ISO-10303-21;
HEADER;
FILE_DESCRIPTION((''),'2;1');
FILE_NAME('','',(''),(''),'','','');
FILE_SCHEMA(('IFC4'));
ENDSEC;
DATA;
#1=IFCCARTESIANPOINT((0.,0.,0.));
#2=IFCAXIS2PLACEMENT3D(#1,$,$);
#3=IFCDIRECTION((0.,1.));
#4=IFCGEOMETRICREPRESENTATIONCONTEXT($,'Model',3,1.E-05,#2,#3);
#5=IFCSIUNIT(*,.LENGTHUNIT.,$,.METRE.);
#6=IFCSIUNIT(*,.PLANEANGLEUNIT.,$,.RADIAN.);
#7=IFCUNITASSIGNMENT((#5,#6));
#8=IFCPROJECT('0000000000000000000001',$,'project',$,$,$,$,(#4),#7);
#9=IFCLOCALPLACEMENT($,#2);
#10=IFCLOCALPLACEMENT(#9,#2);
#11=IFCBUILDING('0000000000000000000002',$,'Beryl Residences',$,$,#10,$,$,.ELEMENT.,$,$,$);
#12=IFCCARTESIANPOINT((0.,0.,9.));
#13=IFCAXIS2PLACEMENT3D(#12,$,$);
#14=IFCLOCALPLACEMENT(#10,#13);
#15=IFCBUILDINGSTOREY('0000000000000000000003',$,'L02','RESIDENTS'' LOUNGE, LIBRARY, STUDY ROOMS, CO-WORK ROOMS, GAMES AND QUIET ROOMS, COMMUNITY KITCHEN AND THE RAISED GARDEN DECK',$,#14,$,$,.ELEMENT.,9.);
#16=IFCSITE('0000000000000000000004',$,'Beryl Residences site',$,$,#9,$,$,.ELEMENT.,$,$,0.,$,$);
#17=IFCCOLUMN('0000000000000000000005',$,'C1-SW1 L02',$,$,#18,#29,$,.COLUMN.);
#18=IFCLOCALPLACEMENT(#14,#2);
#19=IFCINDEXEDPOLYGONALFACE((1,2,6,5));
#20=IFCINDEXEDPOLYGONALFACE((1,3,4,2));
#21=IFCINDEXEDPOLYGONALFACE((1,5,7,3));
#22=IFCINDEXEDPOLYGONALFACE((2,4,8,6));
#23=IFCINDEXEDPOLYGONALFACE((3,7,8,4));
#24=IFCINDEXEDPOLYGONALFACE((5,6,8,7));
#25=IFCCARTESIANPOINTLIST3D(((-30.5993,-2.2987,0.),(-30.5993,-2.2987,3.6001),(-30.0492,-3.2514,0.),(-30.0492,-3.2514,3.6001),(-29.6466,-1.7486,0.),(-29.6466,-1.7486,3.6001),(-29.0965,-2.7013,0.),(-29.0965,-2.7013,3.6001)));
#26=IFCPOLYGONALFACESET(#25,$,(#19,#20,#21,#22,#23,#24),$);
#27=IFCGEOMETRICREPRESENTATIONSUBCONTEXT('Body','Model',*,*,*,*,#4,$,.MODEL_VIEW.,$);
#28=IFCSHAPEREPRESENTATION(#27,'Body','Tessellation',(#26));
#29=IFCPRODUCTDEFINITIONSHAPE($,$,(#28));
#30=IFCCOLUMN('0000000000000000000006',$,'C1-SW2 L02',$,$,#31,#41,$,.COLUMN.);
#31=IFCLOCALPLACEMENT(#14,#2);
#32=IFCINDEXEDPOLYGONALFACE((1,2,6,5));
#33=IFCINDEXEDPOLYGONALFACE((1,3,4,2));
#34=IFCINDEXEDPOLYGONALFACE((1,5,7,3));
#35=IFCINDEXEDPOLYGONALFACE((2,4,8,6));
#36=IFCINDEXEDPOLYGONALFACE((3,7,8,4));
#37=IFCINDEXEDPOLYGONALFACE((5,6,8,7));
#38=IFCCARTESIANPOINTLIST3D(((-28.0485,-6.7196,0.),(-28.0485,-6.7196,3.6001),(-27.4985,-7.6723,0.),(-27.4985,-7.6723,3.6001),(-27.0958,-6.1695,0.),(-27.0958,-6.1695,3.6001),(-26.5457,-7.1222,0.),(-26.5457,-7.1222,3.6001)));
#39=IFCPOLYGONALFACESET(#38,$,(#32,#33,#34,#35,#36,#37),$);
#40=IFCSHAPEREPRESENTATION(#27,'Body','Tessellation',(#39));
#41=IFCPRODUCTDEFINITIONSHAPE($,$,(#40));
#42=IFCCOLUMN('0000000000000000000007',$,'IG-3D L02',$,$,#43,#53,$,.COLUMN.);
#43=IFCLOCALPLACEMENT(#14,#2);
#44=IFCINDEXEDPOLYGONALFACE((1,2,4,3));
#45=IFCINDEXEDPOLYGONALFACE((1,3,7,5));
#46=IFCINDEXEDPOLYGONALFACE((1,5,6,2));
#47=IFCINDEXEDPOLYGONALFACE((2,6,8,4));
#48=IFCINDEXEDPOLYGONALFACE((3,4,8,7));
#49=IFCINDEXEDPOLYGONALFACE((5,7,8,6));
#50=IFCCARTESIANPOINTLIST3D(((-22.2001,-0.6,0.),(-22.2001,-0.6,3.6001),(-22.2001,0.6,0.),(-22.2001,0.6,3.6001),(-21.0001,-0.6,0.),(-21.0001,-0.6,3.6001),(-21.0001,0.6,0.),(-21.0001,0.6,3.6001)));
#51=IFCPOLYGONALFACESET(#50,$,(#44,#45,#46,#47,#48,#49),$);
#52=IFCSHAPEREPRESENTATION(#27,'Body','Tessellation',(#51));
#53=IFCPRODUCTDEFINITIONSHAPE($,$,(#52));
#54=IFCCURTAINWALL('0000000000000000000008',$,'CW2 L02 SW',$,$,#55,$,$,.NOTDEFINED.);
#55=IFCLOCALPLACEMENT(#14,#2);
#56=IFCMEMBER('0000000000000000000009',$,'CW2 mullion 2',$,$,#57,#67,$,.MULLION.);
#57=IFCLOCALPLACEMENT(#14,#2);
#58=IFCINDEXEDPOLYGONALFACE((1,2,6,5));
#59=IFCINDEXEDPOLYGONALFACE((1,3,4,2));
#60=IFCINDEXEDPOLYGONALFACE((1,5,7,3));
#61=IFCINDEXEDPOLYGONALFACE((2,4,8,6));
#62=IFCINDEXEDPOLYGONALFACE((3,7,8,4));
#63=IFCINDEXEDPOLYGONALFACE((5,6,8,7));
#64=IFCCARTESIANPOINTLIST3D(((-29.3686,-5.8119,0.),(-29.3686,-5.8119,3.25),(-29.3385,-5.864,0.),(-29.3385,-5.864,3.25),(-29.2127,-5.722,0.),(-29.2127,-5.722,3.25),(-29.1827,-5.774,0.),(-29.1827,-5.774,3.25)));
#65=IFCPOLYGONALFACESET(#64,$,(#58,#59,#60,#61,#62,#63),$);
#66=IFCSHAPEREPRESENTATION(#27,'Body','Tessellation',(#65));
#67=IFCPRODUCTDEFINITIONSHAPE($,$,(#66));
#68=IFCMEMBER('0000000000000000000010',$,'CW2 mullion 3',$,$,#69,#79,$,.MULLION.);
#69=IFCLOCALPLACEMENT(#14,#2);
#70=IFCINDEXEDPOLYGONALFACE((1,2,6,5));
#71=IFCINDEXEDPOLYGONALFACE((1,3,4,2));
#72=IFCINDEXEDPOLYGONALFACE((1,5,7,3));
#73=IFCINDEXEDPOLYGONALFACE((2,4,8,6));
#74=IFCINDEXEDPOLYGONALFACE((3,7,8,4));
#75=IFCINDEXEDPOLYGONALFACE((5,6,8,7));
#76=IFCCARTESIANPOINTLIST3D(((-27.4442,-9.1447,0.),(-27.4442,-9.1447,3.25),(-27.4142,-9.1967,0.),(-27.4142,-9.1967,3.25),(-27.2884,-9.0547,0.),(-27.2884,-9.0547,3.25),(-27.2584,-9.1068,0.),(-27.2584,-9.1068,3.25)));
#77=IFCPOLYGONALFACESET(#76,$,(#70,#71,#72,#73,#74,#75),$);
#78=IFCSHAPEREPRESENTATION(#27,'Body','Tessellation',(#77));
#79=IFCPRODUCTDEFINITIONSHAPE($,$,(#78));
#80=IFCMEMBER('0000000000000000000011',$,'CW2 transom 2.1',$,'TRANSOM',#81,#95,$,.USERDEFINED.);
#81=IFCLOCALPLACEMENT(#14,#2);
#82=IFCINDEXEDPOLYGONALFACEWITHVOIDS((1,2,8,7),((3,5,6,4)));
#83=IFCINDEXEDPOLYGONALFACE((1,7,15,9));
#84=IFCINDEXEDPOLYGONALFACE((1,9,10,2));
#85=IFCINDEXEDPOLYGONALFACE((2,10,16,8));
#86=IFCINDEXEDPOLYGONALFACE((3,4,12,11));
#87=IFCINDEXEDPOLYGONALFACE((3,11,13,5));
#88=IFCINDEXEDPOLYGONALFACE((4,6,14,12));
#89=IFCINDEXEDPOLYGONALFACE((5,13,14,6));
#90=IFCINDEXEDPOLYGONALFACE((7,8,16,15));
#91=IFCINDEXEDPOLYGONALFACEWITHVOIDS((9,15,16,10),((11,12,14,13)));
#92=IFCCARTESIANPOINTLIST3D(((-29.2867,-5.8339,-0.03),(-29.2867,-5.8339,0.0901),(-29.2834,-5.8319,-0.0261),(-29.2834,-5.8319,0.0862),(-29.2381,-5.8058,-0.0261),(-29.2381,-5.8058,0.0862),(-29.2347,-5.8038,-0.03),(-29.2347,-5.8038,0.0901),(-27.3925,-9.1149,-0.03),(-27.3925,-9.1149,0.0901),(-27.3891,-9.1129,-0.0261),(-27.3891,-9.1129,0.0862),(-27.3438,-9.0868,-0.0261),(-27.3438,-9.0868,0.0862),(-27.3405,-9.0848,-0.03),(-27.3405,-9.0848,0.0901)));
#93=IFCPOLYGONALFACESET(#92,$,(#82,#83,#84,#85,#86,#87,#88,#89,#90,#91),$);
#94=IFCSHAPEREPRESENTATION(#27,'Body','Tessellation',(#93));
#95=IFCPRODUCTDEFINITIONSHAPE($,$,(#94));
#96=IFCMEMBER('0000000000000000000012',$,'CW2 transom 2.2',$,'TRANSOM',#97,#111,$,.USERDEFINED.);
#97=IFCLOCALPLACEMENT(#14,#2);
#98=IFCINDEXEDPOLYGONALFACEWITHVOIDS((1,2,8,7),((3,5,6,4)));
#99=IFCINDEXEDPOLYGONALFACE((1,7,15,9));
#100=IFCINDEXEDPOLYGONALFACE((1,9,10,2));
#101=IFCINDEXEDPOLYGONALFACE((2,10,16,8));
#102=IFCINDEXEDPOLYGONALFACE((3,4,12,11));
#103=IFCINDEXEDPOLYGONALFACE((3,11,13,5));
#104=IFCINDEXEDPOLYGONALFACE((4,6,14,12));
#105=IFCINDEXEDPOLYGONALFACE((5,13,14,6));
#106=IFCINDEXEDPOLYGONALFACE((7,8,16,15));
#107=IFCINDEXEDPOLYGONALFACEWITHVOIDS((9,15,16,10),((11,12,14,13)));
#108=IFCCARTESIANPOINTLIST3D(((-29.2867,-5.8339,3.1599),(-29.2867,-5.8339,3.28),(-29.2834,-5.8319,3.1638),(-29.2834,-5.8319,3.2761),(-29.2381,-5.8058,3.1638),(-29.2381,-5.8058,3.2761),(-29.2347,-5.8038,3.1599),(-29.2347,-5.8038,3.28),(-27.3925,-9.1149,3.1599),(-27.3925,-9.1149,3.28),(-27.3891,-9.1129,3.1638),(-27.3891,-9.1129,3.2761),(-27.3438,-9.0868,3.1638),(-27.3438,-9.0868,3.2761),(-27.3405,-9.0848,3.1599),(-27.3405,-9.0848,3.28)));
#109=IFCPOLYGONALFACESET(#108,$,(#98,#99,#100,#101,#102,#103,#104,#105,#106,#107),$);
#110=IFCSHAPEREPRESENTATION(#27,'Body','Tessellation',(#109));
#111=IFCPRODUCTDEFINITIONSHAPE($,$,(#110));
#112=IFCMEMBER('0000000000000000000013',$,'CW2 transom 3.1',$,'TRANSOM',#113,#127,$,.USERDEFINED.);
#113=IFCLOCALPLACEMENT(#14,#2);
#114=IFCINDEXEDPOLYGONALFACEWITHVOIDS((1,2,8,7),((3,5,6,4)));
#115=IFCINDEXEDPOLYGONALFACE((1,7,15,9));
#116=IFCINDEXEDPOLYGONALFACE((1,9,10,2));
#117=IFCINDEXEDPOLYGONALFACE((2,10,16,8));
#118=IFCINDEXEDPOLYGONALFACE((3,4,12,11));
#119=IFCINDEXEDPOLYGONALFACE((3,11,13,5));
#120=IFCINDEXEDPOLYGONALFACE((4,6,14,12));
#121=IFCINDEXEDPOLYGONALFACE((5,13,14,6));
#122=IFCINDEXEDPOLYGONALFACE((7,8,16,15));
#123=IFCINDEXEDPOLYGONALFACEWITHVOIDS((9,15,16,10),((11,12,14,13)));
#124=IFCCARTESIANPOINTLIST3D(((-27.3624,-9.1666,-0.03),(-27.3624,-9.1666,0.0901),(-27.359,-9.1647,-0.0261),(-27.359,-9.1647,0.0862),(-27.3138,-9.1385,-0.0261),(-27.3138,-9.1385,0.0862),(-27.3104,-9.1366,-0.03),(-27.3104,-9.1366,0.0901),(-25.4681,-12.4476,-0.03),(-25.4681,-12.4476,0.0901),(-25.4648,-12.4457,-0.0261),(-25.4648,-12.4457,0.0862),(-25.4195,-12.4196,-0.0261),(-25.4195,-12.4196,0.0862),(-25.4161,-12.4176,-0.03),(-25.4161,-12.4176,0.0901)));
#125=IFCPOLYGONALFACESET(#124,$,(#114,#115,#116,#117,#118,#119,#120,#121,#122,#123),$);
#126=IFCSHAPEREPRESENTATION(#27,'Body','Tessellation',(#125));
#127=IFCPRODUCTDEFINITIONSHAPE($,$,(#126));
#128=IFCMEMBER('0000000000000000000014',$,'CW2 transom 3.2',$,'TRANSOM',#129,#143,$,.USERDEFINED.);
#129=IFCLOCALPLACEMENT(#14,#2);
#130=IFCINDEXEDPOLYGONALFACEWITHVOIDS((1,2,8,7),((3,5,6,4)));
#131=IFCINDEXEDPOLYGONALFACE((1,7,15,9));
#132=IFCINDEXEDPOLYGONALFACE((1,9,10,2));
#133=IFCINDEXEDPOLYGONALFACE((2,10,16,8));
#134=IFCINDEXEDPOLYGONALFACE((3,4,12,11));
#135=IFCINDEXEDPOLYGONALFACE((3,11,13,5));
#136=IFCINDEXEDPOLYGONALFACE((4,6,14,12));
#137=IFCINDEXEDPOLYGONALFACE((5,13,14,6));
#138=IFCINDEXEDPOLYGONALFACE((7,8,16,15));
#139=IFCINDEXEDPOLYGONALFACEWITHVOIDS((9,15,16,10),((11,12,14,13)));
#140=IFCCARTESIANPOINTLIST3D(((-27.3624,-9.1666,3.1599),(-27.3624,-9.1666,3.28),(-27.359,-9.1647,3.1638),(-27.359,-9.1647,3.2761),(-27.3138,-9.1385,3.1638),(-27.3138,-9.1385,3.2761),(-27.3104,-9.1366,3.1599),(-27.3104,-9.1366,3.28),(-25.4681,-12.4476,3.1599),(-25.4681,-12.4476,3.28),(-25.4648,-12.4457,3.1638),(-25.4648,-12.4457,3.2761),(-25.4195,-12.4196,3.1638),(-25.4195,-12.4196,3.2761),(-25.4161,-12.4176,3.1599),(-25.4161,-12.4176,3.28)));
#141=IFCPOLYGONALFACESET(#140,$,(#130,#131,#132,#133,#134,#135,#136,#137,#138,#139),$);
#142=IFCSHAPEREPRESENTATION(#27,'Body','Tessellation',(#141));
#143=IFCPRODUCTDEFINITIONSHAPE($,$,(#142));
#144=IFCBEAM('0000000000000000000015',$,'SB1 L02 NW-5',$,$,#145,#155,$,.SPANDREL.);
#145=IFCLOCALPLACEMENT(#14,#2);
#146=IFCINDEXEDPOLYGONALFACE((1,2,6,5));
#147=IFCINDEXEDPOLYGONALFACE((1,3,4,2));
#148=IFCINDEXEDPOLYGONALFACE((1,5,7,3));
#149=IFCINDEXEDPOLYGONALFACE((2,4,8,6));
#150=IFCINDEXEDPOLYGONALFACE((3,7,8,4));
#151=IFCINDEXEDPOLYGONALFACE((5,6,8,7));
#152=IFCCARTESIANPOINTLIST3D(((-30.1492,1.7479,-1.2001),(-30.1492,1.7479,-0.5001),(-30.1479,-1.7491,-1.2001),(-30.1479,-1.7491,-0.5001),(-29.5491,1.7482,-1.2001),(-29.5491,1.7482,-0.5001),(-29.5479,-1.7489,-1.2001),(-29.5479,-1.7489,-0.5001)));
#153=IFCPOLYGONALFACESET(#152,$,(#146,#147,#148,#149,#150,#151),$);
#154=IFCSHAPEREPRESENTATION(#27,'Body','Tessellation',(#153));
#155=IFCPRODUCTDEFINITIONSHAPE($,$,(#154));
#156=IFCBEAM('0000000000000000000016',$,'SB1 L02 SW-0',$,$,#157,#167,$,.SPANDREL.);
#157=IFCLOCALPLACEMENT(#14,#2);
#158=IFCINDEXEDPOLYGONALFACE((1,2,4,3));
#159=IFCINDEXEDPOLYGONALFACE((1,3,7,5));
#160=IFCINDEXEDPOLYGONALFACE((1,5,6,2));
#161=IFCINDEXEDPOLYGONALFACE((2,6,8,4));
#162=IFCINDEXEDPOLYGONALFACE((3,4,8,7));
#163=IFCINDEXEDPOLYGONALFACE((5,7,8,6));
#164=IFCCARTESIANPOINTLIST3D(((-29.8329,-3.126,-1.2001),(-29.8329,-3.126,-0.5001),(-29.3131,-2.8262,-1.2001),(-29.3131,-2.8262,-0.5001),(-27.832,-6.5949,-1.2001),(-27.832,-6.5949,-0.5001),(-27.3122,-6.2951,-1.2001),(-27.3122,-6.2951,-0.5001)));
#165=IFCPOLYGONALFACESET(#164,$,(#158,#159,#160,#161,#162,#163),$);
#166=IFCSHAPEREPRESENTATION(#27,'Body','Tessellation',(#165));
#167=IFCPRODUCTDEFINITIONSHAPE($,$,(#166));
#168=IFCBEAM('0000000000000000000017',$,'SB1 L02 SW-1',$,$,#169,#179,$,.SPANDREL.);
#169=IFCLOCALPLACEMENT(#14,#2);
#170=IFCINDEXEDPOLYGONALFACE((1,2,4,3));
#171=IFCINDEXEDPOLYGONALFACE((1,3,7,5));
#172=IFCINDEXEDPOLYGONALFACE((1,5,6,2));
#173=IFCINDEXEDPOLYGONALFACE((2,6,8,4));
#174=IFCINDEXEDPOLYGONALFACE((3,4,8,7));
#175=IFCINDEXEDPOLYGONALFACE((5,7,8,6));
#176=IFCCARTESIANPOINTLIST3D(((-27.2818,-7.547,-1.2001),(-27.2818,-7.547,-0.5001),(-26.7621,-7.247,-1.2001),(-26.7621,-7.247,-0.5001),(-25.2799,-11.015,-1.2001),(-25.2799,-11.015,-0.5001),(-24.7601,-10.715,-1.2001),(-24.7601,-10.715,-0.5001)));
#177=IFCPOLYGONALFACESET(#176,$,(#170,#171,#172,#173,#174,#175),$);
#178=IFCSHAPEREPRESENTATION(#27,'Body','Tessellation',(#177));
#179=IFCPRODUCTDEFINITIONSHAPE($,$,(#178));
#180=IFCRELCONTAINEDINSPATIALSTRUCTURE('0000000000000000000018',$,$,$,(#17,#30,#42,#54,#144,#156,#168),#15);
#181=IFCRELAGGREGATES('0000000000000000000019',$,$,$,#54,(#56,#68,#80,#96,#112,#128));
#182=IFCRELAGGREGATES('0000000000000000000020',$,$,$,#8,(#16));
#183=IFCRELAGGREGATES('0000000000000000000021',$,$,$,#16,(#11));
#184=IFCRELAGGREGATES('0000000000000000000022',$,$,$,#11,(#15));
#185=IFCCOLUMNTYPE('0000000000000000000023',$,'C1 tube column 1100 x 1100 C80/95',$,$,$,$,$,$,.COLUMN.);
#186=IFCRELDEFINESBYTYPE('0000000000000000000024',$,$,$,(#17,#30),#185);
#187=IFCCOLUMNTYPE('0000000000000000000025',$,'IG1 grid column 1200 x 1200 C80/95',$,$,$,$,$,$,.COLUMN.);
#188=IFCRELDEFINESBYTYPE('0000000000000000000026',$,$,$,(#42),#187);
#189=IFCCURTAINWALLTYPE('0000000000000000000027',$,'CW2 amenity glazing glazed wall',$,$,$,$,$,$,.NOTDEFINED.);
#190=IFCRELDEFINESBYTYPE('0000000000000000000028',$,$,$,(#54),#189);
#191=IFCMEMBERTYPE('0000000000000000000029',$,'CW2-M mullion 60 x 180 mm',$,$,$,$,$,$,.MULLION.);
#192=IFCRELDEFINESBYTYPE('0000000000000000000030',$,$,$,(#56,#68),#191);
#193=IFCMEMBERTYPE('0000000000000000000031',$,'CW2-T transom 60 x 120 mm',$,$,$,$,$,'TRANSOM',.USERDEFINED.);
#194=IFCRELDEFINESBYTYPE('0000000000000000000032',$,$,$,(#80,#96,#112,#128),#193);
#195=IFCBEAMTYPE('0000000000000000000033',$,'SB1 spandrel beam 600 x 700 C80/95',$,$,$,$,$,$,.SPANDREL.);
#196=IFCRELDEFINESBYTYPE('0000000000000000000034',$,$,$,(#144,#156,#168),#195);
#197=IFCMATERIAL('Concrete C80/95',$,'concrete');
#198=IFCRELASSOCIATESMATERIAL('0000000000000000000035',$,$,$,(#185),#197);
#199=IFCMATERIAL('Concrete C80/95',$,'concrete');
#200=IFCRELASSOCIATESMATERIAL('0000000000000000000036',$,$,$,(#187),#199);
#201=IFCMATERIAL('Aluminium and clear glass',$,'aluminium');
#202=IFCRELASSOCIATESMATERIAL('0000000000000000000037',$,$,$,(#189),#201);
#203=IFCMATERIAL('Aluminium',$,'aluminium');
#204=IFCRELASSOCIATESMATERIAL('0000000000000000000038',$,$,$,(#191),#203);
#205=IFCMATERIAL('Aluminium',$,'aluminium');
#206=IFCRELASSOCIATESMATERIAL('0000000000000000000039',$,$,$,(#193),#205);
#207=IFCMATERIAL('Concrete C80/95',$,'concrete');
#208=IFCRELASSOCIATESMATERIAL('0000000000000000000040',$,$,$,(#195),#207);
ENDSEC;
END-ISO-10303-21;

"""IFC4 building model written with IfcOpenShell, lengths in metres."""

from ifc_helpers import new_model, si_unit, direction, frame, origin, origin_2d, place, context, subcontext, project, spatial, rectangle, hollow_rectangle, extrude, material, material_profile, profile_set, type_object, element, aggregate, save


model = new_model("IFC4")

# Units and contexts
model_context = context("Model", 3, precision=1e-05, world=origin(), true_north=direction((0.0, 1.0)))
body_context = subcontext(model_context, "Body", "Model", "MODEL_VIEW")
ifc_project = project(units=[si_unit("LENGTHUNIT", "METRE"), si_unit("PLANEANGLEUNIT", "RADIAN")], contexts=[model_context])

# Site, building, storey
site_placement = place(None, origin())
site = spatial("IfcSite", under=ifc_project, at=site_placement, Name="Beryl Residences site", CompositionType="ELEMENT", RefElevation=0.0)
building_placement = place(site_placement, origin())
building = spatial("IfcBuilding", under=site, at=building_placement, Name="Beryl Residences", CompositionType="ELEMENT")
storey_placement = place(building_placement, frame((0.0, 0.0, 9.0)))
storey = spatial("IfcBuildingStorey", under=building, at=storey_placement, Name="L02", Description="RESIDENTS' LOUNGE, LIBRARY, STUDY ROOMS, CO-WORK ROOMS, GAMES AND QUIET ROOMS, COMMUNITY KITCHEN AND THE RAISED GARDEN DECK", CompositionType="ELEMENT", Elevation=9.0)

# Columns
ifc_material_1 = material(Name="Concrete C80/95", Category="concrete")
ifc_material_profile_1 = material_profile(ifc_material_1, rectangle(XDim=1.1001, YDim=1.1001, at=origin_2d()))
ifc_profile_set_1 = profile_set([ifc_material_profile_1], Name="Concrete C80/95")
column_type_1 = type_object("IfcColumnType", Name="C1 tube column 1100 x 1100 C80/95", PredefinedType="COLUMN", material=ifc_profile_set_1)
for number, where, z_axis, x_axis, name in (
    (1, (-29.8479, -2.5, 0.0), (0.0, 0.0, 1.0), (0.499985, -0.866034, 0.0), "C1-SW1 L02"),
    (2, (-27.2971, -6.9209, 0.0), (0.0, 0.0, 1.0), (0.499985, -0.866034, 0.0), "C1-SW2 L02"),
):
    element("IfcColumn", number, at=place(storey_placement, frame(where, z_axis=z_axis, x_axis=x_axis)), inside=storey, type_object=column_type_1, Name=name, PredefinedType="COLUMN", context=body_context, shape_type="SweptSolid", body=[
        extrude(rectangle(XDim=1.1001, YDim=1.1001, at=origin_2d()), origin(), (0.0, 0.0, 1.0), 3.6001),
    ])
ifc_material_2 = material(Name="Concrete C80/95", Category="concrete")
ifc_material_profile_2 = material_profile(ifc_material_2, rectangle(XDim=1.2, YDim=1.2, at=origin_2d()))
ifc_profile_set_2 = profile_set([ifc_material_profile_2], Name="Concrete C80/95")
column_type_2 = type_object("IfcColumnType", Name="IG1 grid column 1200 x 1200 C80/95", PredefinedType="COLUMN", material=ifc_profile_set_2)
column_placement = place(storey_placement, frame((-21.6001, 0.0, 0.0), z_axis=(0.0, 0.0, 1.0), x_axis=(1.0, 0.0, 0.0)))
element("IfcColumn", 3, at=column_placement, inside=storey, type_object=column_type_2, Name="IG-3D L02", PredefinedType="COLUMN", context=body_context, shape_type="SweptSolid", body=[
    extrude(rectangle(XDim=1.2, YDim=1.2, at=origin_2d()), origin(), (0.0, 0.0, 1.0), 3.6001),
])

# Curtain wall, members
ifc_material_3 = material(Name="Aluminium and clear glass", Category="aluminium")
curtain_wall_type = type_object("IfcCurtainWallType", Name="CW2 amenity glazing glazed wall", PredefinedType="NOTDEFINED", material=ifc_material_3)
curtain_wall_placement = place(storey_placement, origin())
curtain_wall = element("IfcCurtainWall", 4, at=curtain_wall_placement, inside=storey, type_object=curtain_wall_type, Name="CW2 L02 SW", PredefinedType="NOTDEFINED")
ifc_material_4 = material(Name="Aluminium", Category="aluminium")
ifc_material_profile_3 = material_profile(ifc_material_4, rectangle(XDim=0.0601, YDim=0.1799, at=origin_2d()))
ifc_profile_set_3 = profile_set([ifc_material_profile_3], Name="Aluminium")
member_type_1 = type_object("IfcMemberType", Name="CW2-M mullion 60 x 180 mm", PredefinedType="MULLION", material=ifc_profile_set_3)
member_1_placement = place(storey_placement, frame((-29.2756, -5.793, 0.0), z_axis=(0.0, 0.0, 1.0), x_axis=(0.500012, -0.866019, 0.0)))
member_1 = element("IfcMember", 5, at=member_1_placement, type_object=member_type_1, Name="CW2 mullion 2", PredefinedType="MULLION", context=body_context, shape_type="SweptSolid", body=[
    extrude(rectangle(XDim=0.0601, YDim=0.1799, at=origin_2d()), origin(), (0.0, 0.0, 1.0), 3.25),
])
member_2_placement = place(storey_placement, frame((-27.3513, -9.1257, 0.0), z_axis=(0.0, 0.0, 1.0), x_axis=(0.500012, -0.866019, 0.0)))
member_2 = element("IfcMember", 6, at=member_2_placement, type_object=member_type_1, Name="CW2 mullion 3", PredefinedType="MULLION", context=body_context, shape_type="SweptSolid", body=[
    extrude(rectangle(XDim=0.0601, YDim=0.1799, at=origin_2d()), origin(), (0.0, 0.0, 1.0), 3.25),
])
ifc_material_5 = material(Name="Aluminium", Category="aluminium")
ifc_material_profile_4 = material_profile(ifc_material_5, hollow_rectangle(XDim=0.0601, YDim=0.1201, WallThickness=0.0039, at=origin_2d()))
ifc_profile_set_4 = profile_set([ifc_material_profile_4], Name="Aluminium")
member_type_2 = type_object("IfcMemberType", Name="CW2-T transom 60 x 120 mm", ElementType="TRANSOM", PredefinedType="USERDEFINED", material=ifc_profile_set_4)
member_3_placement = place(storey_placement, frame((-29.2607, -5.8188, 0.03), z_axis=(0.5, -0.866026, 0.0), x_axis=(0.866026, 0.5, 0.0)))
member_3 = element("IfcMember", 7, at=member_3_placement, type_object=member_type_2, Name="CW2 transom 2.1", ObjectType="TRANSOM", PredefinedType="USERDEFINED", context=body_context, shape_type="SweptSolid", body=[
    extrude(hollow_rectangle(XDim=0.0601, YDim=0.1201, WallThickness=0.0039, at=origin_2d()), origin(), (0.0, 0.0, 1.0), 3.7886),
])
member_4_placement = place(storey_placement, frame((-29.2607, -5.8188, 3.22), z_axis=(0.5, -0.866026, 0.0), x_axis=(0.866026, 0.5, 0.0)))
member_4 = element("IfcMember", 8, at=member_4_placement, type_object=member_type_2, Name="CW2 transom 2.2", ObjectType="TRANSOM", PredefinedType="USERDEFINED", context=body_context, shape_type="SweptSolid", body=[
    extrude(hollow_rectangle(XDim=0.0601, YDim=0.1201, WallThickness=0.0039, at=origin_2d()), origin(), (0.0, 0.0, 1.0), 3.7886),
])
member_5_placement = place(storey_placement, frame((-27.3364, -9.1516, 0.03), z_axis=(0.5, -0.866026, 0.0), x_axis=(0.866026, 0.5, 0.0)))
member_5 = element("IfcMember", 9, at=member_5_placement, type_object=member_type_2, Name="CW2 transom 3.1", ObjectType="TRANSOM", PredefinedType="USERDEFINED", context=body_context, shape_type="SweptSolid", body=[
    extrude(hollow_rectangle(XDim=0.0601, YDim=0.1201, WallThickness=0.0039, at=origin_2d()), origin(), (0.0, 0.0, 1.0), 3.7886),
])
member_6_placement = place(storey_placement, frame((-27.3364, -9.1516, 3.22), z_axis=(0.5, -0.866026, 0.0), x_axis=(0.866026, 0.5, 0.0)))
member_6 = element("IfcMember", 10, at=member_6_placement, type_object=member_type_2, Name="CW2 transom 3.2", ObjectType="TRANSOM", PredefinedType="USERDEFINED", context=body_context, shape_type="SweptSolid", body=[
    extrude(hollow_rectangle(XDim=0.0601, YDim=0.1201, WallThickness=0.0039, at=origin_2d()), origin(), (0.0, 0.0, 1.0), 3.7886),
])

# Beams
ifc_material_6 = material(Name="Concrete C80/95", Category="concrete")
ifc_material_profile_5 = material_profile(ifc_material_6, rectangle(XDim=0.6001, YDim=0.7, at=origin_2d()))
ifc_profile_set_5 = profile_set([ifc_material_profile_5], Name="Concrete C80/95")
beam_type = type_object("IfcBeamType", Name="SB1 spandrel beam 600 x 700 C80/95", PredefinedType="SPANDREL", material=ifc_profile_set_5)
beam_1_placement = place(storey_placement, frame((-29.8491, 1.748, -0.8501), z_axis=(0.000349, -1.0, 0.0), x_axis=(1.0, 0.000349, 0.0)))
element("IfcBeam", 11, at=beam_1_placement, inside=storey, type_object=beam_type, Name="SB1 L02 NW-5", PredefinedType="SPANDREL", context=body_context, shape_type="SweptSolid", body=[
    extrude(rectangle(XDim=0.6001, YDim=0.7, at=origin_2d()), origin(), (0.0, 0.0, 1.0), 3.4971),
])
beam_2_placement = place(storey_placement, frame((-29.573, -2.9761, -0.8501), z_axis=(0.499654, -0.866225, 0.0), x_axis=(0.866225, 0.499654, 0.0)))
element("IfcBeam", 12, at=beam_2_placement, inside=storey, type_object=beam_type, Name="SB1 L02 SW-0", PredefinedType="SPANDREL", context=body_context, shape_type="SweptSolid", body=[
    extrude(rectangle(XDim=0.6001, YDim=0.7, at=origin_2d()), origin(), (0.0, 0.0, 1.0), 4.0046),
])
beam_3_placement = place(storey_placement, frame((-27.022, -7.397, -0.8501), z_axis=(0.499942, -0.866059, 0.0), x_axis=(0.866059, 0.499942, 0.0)))
element("IfcBeam", 13, at=beam_3_placement, inside=storey, type_object=beam_type, Name="SB1 L02 SW-1", PredefinedType="SPANDREL", context=body_context, shape_type="SweptSolid", body=[
    extrude(rectangle(XDim=0.6001, YDim=0.7, at=origin_2d()), origin(), (0.0, 0.0, 1.0), 4.0044),
])

aggregate(curtain_wall, [member_1, member_2, member_3, member_4, member_5, member_6])

save(model, "model.ifc")
